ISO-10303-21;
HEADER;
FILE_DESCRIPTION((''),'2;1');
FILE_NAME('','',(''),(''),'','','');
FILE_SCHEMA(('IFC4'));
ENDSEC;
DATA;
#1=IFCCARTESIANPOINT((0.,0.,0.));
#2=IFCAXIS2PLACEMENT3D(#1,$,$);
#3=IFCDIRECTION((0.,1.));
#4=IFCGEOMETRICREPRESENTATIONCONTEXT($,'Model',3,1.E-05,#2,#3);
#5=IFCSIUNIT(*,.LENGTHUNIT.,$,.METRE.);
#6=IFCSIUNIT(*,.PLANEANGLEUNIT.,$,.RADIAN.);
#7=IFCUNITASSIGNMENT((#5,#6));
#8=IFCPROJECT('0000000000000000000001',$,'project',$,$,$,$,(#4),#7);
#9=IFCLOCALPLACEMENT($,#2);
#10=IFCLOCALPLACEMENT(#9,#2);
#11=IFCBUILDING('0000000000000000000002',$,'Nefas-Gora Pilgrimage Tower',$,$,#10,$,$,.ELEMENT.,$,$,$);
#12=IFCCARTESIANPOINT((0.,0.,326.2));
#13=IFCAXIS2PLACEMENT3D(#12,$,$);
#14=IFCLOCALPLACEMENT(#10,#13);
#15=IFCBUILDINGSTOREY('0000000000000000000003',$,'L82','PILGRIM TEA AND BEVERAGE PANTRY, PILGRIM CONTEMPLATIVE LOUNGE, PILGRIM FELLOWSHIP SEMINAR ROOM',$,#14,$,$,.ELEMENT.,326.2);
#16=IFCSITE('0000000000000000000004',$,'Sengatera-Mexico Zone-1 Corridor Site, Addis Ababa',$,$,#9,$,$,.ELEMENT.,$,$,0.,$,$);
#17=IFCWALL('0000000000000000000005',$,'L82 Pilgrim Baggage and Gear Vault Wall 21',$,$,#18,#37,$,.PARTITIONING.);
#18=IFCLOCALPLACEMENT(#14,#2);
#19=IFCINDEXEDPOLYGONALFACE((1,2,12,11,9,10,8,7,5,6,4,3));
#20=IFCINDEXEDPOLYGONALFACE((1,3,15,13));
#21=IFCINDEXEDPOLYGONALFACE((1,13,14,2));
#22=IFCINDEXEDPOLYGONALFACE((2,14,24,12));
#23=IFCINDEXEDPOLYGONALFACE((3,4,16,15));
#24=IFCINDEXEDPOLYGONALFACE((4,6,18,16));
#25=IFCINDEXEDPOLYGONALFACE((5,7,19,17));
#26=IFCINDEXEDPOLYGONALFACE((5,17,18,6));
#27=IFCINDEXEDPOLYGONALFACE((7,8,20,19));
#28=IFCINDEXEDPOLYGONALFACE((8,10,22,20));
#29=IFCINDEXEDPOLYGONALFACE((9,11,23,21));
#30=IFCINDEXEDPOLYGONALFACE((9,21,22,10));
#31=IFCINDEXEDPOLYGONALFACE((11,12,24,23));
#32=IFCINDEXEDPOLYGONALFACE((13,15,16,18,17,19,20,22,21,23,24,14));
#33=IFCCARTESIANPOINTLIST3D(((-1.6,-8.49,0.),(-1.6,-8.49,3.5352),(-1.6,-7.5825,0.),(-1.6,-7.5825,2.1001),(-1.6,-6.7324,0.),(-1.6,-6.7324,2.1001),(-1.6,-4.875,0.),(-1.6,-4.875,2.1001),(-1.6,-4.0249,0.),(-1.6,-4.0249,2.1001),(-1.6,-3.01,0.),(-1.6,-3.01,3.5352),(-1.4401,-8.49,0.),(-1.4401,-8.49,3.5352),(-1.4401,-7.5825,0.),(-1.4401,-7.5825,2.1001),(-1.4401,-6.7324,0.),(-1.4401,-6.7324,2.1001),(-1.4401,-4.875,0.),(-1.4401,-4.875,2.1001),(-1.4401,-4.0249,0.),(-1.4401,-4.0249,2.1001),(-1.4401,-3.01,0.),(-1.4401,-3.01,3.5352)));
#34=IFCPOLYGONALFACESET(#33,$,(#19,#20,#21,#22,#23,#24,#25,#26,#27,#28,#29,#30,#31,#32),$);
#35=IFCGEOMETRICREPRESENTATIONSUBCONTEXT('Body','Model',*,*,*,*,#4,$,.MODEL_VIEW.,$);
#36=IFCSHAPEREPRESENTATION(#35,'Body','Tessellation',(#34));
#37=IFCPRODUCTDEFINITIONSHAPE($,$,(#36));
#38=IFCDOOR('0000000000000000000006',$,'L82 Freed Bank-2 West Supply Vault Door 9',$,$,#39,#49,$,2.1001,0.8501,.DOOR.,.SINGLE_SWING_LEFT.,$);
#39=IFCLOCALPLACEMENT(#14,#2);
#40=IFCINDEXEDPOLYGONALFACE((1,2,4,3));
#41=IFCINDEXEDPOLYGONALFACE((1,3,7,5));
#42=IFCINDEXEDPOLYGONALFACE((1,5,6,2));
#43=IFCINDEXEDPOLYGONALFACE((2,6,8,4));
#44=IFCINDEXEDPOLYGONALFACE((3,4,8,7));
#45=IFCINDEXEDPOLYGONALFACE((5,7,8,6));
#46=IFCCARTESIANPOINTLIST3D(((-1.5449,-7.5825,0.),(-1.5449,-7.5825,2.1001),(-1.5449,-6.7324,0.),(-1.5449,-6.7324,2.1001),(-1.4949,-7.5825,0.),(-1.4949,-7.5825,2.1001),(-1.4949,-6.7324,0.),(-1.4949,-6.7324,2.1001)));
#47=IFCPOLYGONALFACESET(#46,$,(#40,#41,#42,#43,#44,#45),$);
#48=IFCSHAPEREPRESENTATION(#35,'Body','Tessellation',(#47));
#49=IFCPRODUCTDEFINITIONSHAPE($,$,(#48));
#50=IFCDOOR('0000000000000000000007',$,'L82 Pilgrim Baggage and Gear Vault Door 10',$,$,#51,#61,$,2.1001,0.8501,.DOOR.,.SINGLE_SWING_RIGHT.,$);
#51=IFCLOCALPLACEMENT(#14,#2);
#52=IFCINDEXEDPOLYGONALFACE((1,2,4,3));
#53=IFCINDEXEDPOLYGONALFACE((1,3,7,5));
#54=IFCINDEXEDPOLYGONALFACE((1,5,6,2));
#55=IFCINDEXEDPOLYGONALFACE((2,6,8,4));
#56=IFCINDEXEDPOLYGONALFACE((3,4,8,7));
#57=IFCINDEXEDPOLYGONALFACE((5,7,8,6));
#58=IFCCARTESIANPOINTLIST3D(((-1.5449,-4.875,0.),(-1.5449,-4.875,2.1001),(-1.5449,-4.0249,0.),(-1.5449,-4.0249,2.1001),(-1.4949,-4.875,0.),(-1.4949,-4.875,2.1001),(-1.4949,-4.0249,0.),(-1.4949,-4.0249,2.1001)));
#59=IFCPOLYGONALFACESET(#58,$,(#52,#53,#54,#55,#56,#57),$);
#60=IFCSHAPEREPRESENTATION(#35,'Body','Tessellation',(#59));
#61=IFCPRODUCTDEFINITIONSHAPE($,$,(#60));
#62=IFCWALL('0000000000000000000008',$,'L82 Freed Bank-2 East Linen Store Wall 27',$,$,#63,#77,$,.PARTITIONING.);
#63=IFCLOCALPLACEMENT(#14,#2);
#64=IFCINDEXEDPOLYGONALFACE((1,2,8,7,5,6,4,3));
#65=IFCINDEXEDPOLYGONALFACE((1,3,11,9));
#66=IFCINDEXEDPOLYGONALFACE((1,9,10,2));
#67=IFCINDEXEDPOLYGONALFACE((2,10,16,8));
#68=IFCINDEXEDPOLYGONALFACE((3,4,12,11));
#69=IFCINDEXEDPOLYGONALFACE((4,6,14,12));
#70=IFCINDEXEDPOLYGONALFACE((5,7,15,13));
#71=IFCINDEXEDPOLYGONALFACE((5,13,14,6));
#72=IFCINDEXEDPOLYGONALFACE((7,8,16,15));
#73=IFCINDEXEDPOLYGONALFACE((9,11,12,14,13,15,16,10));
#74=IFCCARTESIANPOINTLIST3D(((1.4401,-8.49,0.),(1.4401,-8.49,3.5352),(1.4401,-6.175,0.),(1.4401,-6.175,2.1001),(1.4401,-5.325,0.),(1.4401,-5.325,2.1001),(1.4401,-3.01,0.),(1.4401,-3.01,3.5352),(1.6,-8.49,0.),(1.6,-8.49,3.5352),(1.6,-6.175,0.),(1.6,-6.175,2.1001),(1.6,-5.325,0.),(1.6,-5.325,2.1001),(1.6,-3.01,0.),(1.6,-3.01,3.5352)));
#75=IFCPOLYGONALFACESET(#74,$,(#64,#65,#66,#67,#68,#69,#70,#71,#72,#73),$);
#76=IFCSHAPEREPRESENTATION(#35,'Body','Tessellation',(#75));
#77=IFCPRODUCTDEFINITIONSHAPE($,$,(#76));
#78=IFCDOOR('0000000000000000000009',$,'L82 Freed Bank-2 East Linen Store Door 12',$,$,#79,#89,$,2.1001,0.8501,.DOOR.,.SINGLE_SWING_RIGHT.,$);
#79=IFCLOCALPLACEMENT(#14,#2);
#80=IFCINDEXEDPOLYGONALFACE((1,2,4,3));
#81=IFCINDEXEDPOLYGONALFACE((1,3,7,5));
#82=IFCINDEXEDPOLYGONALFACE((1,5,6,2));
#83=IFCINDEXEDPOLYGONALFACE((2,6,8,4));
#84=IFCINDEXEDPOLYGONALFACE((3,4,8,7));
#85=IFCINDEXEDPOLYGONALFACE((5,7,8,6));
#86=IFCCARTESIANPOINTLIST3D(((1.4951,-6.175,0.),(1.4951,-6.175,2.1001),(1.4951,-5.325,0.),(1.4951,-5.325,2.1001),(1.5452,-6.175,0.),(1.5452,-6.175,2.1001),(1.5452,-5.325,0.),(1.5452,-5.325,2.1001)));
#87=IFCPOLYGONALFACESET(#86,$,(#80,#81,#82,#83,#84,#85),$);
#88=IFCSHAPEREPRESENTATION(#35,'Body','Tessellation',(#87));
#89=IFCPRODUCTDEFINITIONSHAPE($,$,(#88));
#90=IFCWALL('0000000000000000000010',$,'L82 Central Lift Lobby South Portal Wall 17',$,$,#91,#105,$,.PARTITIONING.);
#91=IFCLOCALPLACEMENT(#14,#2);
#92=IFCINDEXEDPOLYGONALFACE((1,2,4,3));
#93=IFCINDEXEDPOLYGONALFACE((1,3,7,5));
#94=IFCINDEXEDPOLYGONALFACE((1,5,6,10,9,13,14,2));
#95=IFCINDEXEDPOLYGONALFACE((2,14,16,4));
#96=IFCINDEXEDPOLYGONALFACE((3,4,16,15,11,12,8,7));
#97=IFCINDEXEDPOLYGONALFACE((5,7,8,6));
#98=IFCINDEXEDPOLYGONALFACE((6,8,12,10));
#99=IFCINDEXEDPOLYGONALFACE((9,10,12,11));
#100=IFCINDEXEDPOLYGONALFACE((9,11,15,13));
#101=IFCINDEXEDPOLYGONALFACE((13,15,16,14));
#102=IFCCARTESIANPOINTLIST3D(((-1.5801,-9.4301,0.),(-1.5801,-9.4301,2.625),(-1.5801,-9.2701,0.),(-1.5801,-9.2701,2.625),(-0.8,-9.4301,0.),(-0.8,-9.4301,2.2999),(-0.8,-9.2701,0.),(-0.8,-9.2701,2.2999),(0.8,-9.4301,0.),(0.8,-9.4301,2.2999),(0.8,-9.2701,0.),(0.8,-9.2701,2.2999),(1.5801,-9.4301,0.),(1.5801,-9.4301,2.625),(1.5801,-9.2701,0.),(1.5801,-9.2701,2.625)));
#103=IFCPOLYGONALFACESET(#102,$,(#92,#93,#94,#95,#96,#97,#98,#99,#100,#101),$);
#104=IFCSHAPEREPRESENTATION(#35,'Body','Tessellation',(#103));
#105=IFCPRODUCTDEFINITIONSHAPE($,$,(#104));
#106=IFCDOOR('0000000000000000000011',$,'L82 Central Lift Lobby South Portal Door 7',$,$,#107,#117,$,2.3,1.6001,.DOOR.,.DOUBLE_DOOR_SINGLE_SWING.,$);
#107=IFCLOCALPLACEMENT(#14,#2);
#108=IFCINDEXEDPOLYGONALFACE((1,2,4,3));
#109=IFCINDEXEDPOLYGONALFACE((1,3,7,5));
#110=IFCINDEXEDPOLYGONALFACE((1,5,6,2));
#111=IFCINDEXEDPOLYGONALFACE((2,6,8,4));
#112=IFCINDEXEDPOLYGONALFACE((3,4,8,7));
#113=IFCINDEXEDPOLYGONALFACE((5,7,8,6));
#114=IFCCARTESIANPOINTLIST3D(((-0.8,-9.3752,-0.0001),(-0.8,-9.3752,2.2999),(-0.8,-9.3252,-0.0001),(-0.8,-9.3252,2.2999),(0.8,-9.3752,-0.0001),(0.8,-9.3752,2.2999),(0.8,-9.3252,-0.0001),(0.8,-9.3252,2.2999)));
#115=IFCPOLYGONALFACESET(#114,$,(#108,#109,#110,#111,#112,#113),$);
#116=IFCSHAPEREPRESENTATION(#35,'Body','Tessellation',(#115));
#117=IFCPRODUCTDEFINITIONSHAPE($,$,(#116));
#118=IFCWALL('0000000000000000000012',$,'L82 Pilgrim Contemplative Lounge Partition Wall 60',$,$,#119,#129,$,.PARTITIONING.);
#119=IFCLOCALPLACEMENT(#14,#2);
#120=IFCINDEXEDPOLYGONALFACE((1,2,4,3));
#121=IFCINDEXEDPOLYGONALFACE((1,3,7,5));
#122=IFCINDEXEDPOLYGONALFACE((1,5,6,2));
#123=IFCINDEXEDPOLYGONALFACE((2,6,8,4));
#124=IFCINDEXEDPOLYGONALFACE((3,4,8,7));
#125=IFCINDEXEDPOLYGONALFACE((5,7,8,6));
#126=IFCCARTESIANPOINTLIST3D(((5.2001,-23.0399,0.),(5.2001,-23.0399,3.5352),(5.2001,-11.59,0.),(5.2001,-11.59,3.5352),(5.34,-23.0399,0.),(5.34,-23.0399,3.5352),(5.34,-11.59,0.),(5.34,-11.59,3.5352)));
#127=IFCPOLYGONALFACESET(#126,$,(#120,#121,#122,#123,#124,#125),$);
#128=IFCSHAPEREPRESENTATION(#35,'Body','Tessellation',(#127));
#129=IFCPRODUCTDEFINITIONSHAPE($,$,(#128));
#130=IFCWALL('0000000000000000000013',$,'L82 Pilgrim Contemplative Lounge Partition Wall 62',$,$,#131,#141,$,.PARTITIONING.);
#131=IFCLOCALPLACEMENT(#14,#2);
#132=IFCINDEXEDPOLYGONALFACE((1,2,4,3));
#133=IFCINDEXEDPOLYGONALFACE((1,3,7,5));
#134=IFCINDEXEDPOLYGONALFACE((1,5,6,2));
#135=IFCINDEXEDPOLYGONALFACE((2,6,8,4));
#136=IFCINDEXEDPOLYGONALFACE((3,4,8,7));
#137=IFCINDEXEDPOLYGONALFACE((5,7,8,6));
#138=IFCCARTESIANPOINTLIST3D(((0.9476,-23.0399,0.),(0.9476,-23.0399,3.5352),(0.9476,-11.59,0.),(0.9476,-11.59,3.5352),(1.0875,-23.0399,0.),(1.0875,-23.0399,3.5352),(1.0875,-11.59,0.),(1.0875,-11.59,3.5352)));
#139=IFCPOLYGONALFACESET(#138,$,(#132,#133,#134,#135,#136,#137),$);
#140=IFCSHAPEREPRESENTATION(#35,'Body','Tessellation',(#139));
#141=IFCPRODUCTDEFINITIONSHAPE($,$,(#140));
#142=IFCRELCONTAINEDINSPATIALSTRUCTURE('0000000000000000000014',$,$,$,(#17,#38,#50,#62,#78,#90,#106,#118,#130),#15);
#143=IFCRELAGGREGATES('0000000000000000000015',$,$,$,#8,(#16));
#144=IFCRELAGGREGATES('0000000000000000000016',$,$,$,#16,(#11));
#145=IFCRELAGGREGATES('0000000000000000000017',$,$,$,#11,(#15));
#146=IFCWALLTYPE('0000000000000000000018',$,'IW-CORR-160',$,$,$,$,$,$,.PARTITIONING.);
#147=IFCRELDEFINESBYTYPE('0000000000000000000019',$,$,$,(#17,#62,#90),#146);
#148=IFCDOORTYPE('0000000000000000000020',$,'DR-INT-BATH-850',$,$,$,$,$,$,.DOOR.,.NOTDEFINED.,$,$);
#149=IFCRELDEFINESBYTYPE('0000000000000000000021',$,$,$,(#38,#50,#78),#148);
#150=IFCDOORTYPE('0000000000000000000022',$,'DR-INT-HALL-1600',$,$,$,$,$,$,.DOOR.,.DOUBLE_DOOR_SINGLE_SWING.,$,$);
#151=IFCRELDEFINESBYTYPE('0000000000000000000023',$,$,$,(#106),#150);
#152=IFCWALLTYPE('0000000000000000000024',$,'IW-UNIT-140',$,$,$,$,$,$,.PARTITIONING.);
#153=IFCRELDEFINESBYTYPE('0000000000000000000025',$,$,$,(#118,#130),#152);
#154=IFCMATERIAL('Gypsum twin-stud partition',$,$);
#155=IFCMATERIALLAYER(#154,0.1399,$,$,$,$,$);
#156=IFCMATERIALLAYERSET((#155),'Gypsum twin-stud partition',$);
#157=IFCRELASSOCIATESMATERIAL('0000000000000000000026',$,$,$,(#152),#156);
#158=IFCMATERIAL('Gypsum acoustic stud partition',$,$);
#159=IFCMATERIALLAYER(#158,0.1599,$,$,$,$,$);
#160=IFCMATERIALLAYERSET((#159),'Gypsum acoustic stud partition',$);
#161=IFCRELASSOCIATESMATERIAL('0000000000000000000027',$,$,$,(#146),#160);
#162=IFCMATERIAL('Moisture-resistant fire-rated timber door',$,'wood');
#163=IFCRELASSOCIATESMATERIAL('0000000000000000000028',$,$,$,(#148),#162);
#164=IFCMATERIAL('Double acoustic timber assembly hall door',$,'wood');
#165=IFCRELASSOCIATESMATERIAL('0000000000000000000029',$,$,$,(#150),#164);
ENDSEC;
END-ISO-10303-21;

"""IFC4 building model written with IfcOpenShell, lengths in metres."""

from ifc_helpers import new_model, si_unit, direction, frame, frame_2d, origin, place, context, subcontext, project, spatial, rectangle, extrude, source, transform, mapped, material, layer, layer_set, type_object, element, fill, save


model = new_model("IFC4")

# Units and contexts
model_context = context("Model", 3, precision=1e-05, world=origin(), true_north=direction((0.0, 1.0)))
body_context = subcontext(model_context, "Body", "Model", "MODEL_VIEW")
ifc_project = project(units=[si_unit("LENGTHUNIT", "METRE"), si_unit("PLANEANGLEUNIT", "RADIAN")], contexts=[model_context])

# Site, building, storey
site_placement = place(None, origin())
site = spatial("IfcSite", under=ifc_project, at=site_placement, Name="Sengatera-Mexico Zone-1 Corridor Site, Addis Ababa", CompositionType="ELEMENT", RefElevation=0.0)
building_placement = place(site_placement, origin())
building = spatial("IfcBuilding", under=site, at=building_placement, Name="Nefas-Gora Pilgrimage Tower", CompositionType="ELEMENT")
storey_placement = place(building_placement, frame((0.0, 0.0, 326.2)))
storey = spatial("IfcBuildingStorey", under=building, at=storey_placement, Name="L82", Description="PILGRIM TEA AND BEVERAGE PANTRY, PILGRIM CONTEMPLATIVE LOUNGE, PILGRIM FELLOWSHIP SEMINAR ROOM", CompositionType="ELEMENT", Elevation=326.2)

# Shared definitions
ifc_material_1 = material(Name="Gypsum twin-stud partition")
ifc_layer_1 = layer(ifc_material_1, 0.1399)
ifc_layer_set_1 = layer_set([ifc_layer_1], Name="Gypsum twin-stud partition")
wall_type_1 = type_object("IfcWallType", Name="IW-UNIT-140", PredefinedType="PARTITIONING", material=ifc_layer_set_1)

# Wall, openings, doors
ifc_material_2 = material(Name="Gypsum acoustic stud partition")
ifc_layer_2 = layer(ifc_material_2, 0.1599)
ifc_layer_set_2 = layer_set([ifc_layer_2], Name="Gypsum acoustic stud partition")
wall_type_2 = type_object("IfcWallType", Name="IW-CORR-160", PredefinedType="PARTITIONING", material=ifc_layer_set_2)
shared_shape_1 = source(origin(), body_context, "Body", "SweptSolid", [
    extrude(rectangle(XDim=5.48, YDim=0.1599, at=frame_2d((2.74, 0.0))), origin(), (0.0, 0.0, 1.0), 3.5352),
])
wall_1_placement = place(storey_placement, frame((-1.52, -8.49, 0.0), z_axis=(0.0, 0.0, 1.0), x_axis=(0.0, 1.0, 0.0)))
wall_1 = element("IfcWall", 1, at=wall_1_placement, inside=storey, type_object=wall_type_2, Name="L82 Pilgrim Baggage and Gear Vault Wall 21", PredefinedType="PARTITIONING", context=body_context, shape_type="MappedRepresentation", body=[
    mapped(shared_shape_1, transform((0.0, 0.0, 0.0), x_axis=(1.0, 0.0, 0.0), y_axis=(0.0, 1.0, 0.0), z_axis=(0.0, 0.0, 1.0), scale=1.0)),
])
opening_1_placement = place(wall_1_placement, frame((0.9075, 0.0, 0.0)))
opening_1 = element("IfcOpeningElement", 2, at=opening_1_placement, cuts=wall_1, PredefinedType="OPENING", context=body_context, shape_type="SweptSolid", body=[
    extrude(rectangle(XDim=0.8501, YDim=2.1001, at=frame_2d((0.425, 1.05))), frame((0.0, 0.0898, 0.0), z_axis=(0.0, -1.0, 0.0), x_axis=(1.0, 0.0, 0.0)), (0.0, 0.0, 1.0), 0.1799),
])
opening_2_placement = place(wall_1_placement, frame((3.615, 0.0, 0.0)))
opening_2 = element("IfcOpeningElement", 3, at=opening_2_placement, cuts=wall_1, PredefinedType="OPENING", context=body_context, shape_type="SweptSolid", body=[
    extrude(rectangle(XDim=0.8501, YDim=2.1001, at=frame_2d((0.425, 1.05))), frame((0.0, 0.0898, 0.0), z_axis=(0.0, -1.0, 0.0), x_axis=(1.0, 0.0, 0.0)), (0.0, 0.0, 1.0), 0.1799),
])
ifc_material_3 = material(Name="Moisture-resistant fire-rated timber door", Category="wood")
door_type_1 = type_object("IfcDoorType", Name="DR-INT-BATH-850", OperationType="NOTDEFINED", PredefinedType="DOOR", material=ifc_material_3)
shared_shape_2 = source(origin(), body_context, "Body", "SweptSolid", [
    extrude(rectangle(XDim=0.8501, YDim=2.1001, at=frame_2d((0.425, 1.05))), frame((0.0, 0.0249, 0.0), z_axis=(0.0, -1.0, 0.0), x_axis=(1.0, 0.0, 0.0)), (0.0, 0.0, 1.0), 0.05),
])
door_1_placement = place(opening_1_placement, origin())
door_1 = element("IfcDoor", 4, at=door_1_placement, inside=storey, type_object=door_type_1, Name="L82 Freed Bank-2 West Supply Vault Door 9", OperationType="SINGLE_SWING_LEFT", OverallHeight=2.1001, OverallWidth=0.8501, PredefinedType="DOOR", context=body_context, shape_type="MappedRepresentation", body=[
    mapped(shared_shape_2, transform((0.0, 0.0, 0.0), x_axis=(1.0, 0.0, 0.0), y_axis=(0.0, 1.0, 0.0), z_axis=(0.0, 0.0, 1.0), scale=1.0)),
])
fill(opening_1, door_1)
door_2_placement = place(opening_2_placement, origin())
door_2 = element("IfcDoor", 5, at=door_2_placement, inside=storey, type_object=door_type_1, Name="L82 Pilgrim Baggage and Gear Vault Door 10", OperationType="SINGLE_SWING_RIGHT", OverallHeight=2.1001, OverallWidth=0.8501, PredefinedType="DOOR", context=body_context, shape_type="MappedRepresentation", body=[
    mapped(shared_shape_2, transform((0.0, 0.0, 0.0), x_axis=(1.0, 0.0, 0.0), y_axis=(0.0, 1.0, 0.0), z_axis=(0.0, 0.0, 1.0), scale=1.0)),
])
fill(opening_2, door_2)

# Walls, openings, doors
wall_2_placement = place(storey_placement, frame((1.52, -8.49, 0.0), z_axis=(0.0, 0.0, 1.0), x_axis=(0.0, 1.0, 0.0)))
wall_2 = element("IfcWall", 6, at=wall_2_placement, inside=storey, type_object=wall_type_2, Name="L82 Freed Bank-2 East Linen Store Wall 27", PredefinedType="PARTITIONING", context=body_context, shape_type="MappedRepresentation", body=[
    mapped(shared_shape_1, transform((0.0, 0.0, 0.0), x_axis=(1.0, 0.0, 0.0), y_axis=(0.0, 1.0, 0.0), z_axis=(0.0, 0.0, 1.0), scale=1.0)),
])
opening_3_placement = place(wall_2_placement, frame((2.3149, 0.0, 0.0)))
opening_3 = element("IfcOpeningElement", 7, at=opening_3_placement, cuts=wall_2, PredefinedType="OPENING", context=body_context, shape_type="SweptSolid", body=[
    extrude(rectangle(XDim=0.8501, YDim=2.1001, at=frame_2d((0.425, 1.05))), frame((0.0, 0.0898, 0.0), z_axis=(0.0, -1.0, 0.0), x_axis=(1.0, 0.0, 0.0)), (0.0, 0.0, 1.0), 0.1799),
])
door_3_placement = place(opening_3_placement, origin())
door_3 = element("IfcDoor", 8, at=door_3_placement, inside=storey, type_object=door_type_1, Name="L82 Freed Bank-2 East Linen Store Door 12", OperationType="SINGLE_SWING_RIGHT", OverallHeight=2.1001, OverallWidth=0.8501, PredefinedType="DOOR", context=body_context, shape_type="MappedRepresentation", body=[
    mapped(shared_shape_2, transform((0.0, 0.0, 0.0), x_axis=(1.0, 0.0, 0.0), y_axis=(0.0, 1.0, 0.0), z_axis=(0.0, 0.0, 1.0), scale=1.0)),
])
fill(opening_3, door_3)
shared_shape_3 = source(origin(), body_context, "Body", "SweptSolid", [
    extrude(rectangle(XDim=3.1602, YDim=0.1599, at=frame_2d((1.5801, 0.0))), origin(), (0.0, 0.0, 1.0), 2.625),
])
wall_3_placement = place(storey_placement, frame((-1.5801, -9.3501, 0.0), z_axis=(0.0, 0.0, 1.0), x_axis=(1.0, 0.0, 0.0)))
wall_3 = element("IfcWall", 9, at=wall_3_placement, inside=storey, type_object=wall_type_2, Name="L82 Central Lift Lobby South Portal Wall 17", PredefinedType="PARTITIONING", context=body_context, shape_type="MappedRepresentation", body=[
    mapped(shared_shape_3, transform((0.0, 0.0, 0.0), x_axis=(1.0, 0.0, 0.0), y_axis=(0.0, 1.0, 0.0), z_axis=(0.0, 0.0, 1.0), scale=1.0)),
])
opening_4_placement = place(wall_3_placement, frame((0.78, 0.0, 0.0)))
opening_4 = element("IfcOpeningElement", 10, at=opening_4_placement, cuts=wall_3, PredefinedType="OPENING", context=body_context, shape_type="SweptSolid", body=[
    extrude(rectangle(XDim=1.6001, YDim=2.3, at=frame_2d((0.8, 1.1499))), frame((0.0, 0.0898, 0.0), z_axis=(0.0, -1.0, 0.0), x_axis=(1.0, 0.0, 0.0)), (0.0, 0.0, 1.0), 0.1799),
])
ifc_material_4 = material(Name="Double acoustic timber assembly hall door", Category="wood")
door_type_2 = type_object("IfcDoorType", Name="DR-INT-HALL-1600", OperationType="DOUBLE_DOOR_SINGLE_SWING", PredefinedType="DOOR", material=ifc_material_4)
shared_shape_4 = source(origin(), body_context, "Body", "SweptSolid", [
    extrude(rectangle(XDim=1.6001, YDim=2.3, at=frame_2d((0.8, 1.1499))), frame((0.0, 0.0249, 0.0), z_axis=(0.0, -1.0, 0.0), x_axis=(1.0, 0.0, 0.0)), (0.0, 0.0, 1.0), 0.05),
])
door_4_placement = place(opening_4_placement, origin())
door_4 = element("IfcDoor", 11, at=door_4_placement, inside=storey, type_object=door_type_2, Name="L82 Central Lift Lobby South Portal Door 7", OperationType="DOUBLE_DOOR_SINGLE_SWING", OverallHeight=2.3, OverallWidth=1.6001, PredefinedType="DOOR", context=body_context, shape_type="MappedRepresentation", body=[
    mapped(shared_shape_4, transform((0.0, 0.0, 0.0), x_axis=(1.0, 0.0, 0.0), y_axis=(0.0, 1.0, 0.0), z_axis=(0.0, 0.0, 1.0), scale=1.0)),
])
fill(opening_4, door_4)

# Walls
shared_shape_5 = source(origin(), body_context, "Body", "SweptSolid", [
    extrude(rectangle(XDim=11.45, YDim=0.1399, at=frame_2d((5.7251, 0.0))), origin(), (0.0, 0.0, 1.0), 3.5352),
])
for number, where, z_axis, x_axis, name in (
    (12, (5.27, -23.04, 0.0), (0.0, 0.0, 1.0), (0.0, 1.0, 0.0), "L82 Pilgrim Contemplative Lounge Partition Wall 60"),
    (13, (1.0176, -23.04, 0.0), (0.0, 0.0, 1.0), (0.0, 1.0, 0.0), "L82 Pilgrim Contemplative Lounge Partition Wall 62"),
):
    element("IfcWall", number, at=place(storey_placement, frame(where, z_axis=z_axis, x_axis=x_axis)), inside=storey, type_object=wall_type_1, Name=name, PredefinedType="PARTITIONING", context=body_context, shape_type="MappedRepresentation", body=[
        mapped(shared_shape_5, transform((0.0, 0.0, 0.0), x_axis=(1.0, 0.0, 0.0), y_axis=(0.0, 1.0, 0.0), z_axis=(0.0, 0.0, 1.0), scale=1.0)),
    ])

save(model, "model.ifc")
